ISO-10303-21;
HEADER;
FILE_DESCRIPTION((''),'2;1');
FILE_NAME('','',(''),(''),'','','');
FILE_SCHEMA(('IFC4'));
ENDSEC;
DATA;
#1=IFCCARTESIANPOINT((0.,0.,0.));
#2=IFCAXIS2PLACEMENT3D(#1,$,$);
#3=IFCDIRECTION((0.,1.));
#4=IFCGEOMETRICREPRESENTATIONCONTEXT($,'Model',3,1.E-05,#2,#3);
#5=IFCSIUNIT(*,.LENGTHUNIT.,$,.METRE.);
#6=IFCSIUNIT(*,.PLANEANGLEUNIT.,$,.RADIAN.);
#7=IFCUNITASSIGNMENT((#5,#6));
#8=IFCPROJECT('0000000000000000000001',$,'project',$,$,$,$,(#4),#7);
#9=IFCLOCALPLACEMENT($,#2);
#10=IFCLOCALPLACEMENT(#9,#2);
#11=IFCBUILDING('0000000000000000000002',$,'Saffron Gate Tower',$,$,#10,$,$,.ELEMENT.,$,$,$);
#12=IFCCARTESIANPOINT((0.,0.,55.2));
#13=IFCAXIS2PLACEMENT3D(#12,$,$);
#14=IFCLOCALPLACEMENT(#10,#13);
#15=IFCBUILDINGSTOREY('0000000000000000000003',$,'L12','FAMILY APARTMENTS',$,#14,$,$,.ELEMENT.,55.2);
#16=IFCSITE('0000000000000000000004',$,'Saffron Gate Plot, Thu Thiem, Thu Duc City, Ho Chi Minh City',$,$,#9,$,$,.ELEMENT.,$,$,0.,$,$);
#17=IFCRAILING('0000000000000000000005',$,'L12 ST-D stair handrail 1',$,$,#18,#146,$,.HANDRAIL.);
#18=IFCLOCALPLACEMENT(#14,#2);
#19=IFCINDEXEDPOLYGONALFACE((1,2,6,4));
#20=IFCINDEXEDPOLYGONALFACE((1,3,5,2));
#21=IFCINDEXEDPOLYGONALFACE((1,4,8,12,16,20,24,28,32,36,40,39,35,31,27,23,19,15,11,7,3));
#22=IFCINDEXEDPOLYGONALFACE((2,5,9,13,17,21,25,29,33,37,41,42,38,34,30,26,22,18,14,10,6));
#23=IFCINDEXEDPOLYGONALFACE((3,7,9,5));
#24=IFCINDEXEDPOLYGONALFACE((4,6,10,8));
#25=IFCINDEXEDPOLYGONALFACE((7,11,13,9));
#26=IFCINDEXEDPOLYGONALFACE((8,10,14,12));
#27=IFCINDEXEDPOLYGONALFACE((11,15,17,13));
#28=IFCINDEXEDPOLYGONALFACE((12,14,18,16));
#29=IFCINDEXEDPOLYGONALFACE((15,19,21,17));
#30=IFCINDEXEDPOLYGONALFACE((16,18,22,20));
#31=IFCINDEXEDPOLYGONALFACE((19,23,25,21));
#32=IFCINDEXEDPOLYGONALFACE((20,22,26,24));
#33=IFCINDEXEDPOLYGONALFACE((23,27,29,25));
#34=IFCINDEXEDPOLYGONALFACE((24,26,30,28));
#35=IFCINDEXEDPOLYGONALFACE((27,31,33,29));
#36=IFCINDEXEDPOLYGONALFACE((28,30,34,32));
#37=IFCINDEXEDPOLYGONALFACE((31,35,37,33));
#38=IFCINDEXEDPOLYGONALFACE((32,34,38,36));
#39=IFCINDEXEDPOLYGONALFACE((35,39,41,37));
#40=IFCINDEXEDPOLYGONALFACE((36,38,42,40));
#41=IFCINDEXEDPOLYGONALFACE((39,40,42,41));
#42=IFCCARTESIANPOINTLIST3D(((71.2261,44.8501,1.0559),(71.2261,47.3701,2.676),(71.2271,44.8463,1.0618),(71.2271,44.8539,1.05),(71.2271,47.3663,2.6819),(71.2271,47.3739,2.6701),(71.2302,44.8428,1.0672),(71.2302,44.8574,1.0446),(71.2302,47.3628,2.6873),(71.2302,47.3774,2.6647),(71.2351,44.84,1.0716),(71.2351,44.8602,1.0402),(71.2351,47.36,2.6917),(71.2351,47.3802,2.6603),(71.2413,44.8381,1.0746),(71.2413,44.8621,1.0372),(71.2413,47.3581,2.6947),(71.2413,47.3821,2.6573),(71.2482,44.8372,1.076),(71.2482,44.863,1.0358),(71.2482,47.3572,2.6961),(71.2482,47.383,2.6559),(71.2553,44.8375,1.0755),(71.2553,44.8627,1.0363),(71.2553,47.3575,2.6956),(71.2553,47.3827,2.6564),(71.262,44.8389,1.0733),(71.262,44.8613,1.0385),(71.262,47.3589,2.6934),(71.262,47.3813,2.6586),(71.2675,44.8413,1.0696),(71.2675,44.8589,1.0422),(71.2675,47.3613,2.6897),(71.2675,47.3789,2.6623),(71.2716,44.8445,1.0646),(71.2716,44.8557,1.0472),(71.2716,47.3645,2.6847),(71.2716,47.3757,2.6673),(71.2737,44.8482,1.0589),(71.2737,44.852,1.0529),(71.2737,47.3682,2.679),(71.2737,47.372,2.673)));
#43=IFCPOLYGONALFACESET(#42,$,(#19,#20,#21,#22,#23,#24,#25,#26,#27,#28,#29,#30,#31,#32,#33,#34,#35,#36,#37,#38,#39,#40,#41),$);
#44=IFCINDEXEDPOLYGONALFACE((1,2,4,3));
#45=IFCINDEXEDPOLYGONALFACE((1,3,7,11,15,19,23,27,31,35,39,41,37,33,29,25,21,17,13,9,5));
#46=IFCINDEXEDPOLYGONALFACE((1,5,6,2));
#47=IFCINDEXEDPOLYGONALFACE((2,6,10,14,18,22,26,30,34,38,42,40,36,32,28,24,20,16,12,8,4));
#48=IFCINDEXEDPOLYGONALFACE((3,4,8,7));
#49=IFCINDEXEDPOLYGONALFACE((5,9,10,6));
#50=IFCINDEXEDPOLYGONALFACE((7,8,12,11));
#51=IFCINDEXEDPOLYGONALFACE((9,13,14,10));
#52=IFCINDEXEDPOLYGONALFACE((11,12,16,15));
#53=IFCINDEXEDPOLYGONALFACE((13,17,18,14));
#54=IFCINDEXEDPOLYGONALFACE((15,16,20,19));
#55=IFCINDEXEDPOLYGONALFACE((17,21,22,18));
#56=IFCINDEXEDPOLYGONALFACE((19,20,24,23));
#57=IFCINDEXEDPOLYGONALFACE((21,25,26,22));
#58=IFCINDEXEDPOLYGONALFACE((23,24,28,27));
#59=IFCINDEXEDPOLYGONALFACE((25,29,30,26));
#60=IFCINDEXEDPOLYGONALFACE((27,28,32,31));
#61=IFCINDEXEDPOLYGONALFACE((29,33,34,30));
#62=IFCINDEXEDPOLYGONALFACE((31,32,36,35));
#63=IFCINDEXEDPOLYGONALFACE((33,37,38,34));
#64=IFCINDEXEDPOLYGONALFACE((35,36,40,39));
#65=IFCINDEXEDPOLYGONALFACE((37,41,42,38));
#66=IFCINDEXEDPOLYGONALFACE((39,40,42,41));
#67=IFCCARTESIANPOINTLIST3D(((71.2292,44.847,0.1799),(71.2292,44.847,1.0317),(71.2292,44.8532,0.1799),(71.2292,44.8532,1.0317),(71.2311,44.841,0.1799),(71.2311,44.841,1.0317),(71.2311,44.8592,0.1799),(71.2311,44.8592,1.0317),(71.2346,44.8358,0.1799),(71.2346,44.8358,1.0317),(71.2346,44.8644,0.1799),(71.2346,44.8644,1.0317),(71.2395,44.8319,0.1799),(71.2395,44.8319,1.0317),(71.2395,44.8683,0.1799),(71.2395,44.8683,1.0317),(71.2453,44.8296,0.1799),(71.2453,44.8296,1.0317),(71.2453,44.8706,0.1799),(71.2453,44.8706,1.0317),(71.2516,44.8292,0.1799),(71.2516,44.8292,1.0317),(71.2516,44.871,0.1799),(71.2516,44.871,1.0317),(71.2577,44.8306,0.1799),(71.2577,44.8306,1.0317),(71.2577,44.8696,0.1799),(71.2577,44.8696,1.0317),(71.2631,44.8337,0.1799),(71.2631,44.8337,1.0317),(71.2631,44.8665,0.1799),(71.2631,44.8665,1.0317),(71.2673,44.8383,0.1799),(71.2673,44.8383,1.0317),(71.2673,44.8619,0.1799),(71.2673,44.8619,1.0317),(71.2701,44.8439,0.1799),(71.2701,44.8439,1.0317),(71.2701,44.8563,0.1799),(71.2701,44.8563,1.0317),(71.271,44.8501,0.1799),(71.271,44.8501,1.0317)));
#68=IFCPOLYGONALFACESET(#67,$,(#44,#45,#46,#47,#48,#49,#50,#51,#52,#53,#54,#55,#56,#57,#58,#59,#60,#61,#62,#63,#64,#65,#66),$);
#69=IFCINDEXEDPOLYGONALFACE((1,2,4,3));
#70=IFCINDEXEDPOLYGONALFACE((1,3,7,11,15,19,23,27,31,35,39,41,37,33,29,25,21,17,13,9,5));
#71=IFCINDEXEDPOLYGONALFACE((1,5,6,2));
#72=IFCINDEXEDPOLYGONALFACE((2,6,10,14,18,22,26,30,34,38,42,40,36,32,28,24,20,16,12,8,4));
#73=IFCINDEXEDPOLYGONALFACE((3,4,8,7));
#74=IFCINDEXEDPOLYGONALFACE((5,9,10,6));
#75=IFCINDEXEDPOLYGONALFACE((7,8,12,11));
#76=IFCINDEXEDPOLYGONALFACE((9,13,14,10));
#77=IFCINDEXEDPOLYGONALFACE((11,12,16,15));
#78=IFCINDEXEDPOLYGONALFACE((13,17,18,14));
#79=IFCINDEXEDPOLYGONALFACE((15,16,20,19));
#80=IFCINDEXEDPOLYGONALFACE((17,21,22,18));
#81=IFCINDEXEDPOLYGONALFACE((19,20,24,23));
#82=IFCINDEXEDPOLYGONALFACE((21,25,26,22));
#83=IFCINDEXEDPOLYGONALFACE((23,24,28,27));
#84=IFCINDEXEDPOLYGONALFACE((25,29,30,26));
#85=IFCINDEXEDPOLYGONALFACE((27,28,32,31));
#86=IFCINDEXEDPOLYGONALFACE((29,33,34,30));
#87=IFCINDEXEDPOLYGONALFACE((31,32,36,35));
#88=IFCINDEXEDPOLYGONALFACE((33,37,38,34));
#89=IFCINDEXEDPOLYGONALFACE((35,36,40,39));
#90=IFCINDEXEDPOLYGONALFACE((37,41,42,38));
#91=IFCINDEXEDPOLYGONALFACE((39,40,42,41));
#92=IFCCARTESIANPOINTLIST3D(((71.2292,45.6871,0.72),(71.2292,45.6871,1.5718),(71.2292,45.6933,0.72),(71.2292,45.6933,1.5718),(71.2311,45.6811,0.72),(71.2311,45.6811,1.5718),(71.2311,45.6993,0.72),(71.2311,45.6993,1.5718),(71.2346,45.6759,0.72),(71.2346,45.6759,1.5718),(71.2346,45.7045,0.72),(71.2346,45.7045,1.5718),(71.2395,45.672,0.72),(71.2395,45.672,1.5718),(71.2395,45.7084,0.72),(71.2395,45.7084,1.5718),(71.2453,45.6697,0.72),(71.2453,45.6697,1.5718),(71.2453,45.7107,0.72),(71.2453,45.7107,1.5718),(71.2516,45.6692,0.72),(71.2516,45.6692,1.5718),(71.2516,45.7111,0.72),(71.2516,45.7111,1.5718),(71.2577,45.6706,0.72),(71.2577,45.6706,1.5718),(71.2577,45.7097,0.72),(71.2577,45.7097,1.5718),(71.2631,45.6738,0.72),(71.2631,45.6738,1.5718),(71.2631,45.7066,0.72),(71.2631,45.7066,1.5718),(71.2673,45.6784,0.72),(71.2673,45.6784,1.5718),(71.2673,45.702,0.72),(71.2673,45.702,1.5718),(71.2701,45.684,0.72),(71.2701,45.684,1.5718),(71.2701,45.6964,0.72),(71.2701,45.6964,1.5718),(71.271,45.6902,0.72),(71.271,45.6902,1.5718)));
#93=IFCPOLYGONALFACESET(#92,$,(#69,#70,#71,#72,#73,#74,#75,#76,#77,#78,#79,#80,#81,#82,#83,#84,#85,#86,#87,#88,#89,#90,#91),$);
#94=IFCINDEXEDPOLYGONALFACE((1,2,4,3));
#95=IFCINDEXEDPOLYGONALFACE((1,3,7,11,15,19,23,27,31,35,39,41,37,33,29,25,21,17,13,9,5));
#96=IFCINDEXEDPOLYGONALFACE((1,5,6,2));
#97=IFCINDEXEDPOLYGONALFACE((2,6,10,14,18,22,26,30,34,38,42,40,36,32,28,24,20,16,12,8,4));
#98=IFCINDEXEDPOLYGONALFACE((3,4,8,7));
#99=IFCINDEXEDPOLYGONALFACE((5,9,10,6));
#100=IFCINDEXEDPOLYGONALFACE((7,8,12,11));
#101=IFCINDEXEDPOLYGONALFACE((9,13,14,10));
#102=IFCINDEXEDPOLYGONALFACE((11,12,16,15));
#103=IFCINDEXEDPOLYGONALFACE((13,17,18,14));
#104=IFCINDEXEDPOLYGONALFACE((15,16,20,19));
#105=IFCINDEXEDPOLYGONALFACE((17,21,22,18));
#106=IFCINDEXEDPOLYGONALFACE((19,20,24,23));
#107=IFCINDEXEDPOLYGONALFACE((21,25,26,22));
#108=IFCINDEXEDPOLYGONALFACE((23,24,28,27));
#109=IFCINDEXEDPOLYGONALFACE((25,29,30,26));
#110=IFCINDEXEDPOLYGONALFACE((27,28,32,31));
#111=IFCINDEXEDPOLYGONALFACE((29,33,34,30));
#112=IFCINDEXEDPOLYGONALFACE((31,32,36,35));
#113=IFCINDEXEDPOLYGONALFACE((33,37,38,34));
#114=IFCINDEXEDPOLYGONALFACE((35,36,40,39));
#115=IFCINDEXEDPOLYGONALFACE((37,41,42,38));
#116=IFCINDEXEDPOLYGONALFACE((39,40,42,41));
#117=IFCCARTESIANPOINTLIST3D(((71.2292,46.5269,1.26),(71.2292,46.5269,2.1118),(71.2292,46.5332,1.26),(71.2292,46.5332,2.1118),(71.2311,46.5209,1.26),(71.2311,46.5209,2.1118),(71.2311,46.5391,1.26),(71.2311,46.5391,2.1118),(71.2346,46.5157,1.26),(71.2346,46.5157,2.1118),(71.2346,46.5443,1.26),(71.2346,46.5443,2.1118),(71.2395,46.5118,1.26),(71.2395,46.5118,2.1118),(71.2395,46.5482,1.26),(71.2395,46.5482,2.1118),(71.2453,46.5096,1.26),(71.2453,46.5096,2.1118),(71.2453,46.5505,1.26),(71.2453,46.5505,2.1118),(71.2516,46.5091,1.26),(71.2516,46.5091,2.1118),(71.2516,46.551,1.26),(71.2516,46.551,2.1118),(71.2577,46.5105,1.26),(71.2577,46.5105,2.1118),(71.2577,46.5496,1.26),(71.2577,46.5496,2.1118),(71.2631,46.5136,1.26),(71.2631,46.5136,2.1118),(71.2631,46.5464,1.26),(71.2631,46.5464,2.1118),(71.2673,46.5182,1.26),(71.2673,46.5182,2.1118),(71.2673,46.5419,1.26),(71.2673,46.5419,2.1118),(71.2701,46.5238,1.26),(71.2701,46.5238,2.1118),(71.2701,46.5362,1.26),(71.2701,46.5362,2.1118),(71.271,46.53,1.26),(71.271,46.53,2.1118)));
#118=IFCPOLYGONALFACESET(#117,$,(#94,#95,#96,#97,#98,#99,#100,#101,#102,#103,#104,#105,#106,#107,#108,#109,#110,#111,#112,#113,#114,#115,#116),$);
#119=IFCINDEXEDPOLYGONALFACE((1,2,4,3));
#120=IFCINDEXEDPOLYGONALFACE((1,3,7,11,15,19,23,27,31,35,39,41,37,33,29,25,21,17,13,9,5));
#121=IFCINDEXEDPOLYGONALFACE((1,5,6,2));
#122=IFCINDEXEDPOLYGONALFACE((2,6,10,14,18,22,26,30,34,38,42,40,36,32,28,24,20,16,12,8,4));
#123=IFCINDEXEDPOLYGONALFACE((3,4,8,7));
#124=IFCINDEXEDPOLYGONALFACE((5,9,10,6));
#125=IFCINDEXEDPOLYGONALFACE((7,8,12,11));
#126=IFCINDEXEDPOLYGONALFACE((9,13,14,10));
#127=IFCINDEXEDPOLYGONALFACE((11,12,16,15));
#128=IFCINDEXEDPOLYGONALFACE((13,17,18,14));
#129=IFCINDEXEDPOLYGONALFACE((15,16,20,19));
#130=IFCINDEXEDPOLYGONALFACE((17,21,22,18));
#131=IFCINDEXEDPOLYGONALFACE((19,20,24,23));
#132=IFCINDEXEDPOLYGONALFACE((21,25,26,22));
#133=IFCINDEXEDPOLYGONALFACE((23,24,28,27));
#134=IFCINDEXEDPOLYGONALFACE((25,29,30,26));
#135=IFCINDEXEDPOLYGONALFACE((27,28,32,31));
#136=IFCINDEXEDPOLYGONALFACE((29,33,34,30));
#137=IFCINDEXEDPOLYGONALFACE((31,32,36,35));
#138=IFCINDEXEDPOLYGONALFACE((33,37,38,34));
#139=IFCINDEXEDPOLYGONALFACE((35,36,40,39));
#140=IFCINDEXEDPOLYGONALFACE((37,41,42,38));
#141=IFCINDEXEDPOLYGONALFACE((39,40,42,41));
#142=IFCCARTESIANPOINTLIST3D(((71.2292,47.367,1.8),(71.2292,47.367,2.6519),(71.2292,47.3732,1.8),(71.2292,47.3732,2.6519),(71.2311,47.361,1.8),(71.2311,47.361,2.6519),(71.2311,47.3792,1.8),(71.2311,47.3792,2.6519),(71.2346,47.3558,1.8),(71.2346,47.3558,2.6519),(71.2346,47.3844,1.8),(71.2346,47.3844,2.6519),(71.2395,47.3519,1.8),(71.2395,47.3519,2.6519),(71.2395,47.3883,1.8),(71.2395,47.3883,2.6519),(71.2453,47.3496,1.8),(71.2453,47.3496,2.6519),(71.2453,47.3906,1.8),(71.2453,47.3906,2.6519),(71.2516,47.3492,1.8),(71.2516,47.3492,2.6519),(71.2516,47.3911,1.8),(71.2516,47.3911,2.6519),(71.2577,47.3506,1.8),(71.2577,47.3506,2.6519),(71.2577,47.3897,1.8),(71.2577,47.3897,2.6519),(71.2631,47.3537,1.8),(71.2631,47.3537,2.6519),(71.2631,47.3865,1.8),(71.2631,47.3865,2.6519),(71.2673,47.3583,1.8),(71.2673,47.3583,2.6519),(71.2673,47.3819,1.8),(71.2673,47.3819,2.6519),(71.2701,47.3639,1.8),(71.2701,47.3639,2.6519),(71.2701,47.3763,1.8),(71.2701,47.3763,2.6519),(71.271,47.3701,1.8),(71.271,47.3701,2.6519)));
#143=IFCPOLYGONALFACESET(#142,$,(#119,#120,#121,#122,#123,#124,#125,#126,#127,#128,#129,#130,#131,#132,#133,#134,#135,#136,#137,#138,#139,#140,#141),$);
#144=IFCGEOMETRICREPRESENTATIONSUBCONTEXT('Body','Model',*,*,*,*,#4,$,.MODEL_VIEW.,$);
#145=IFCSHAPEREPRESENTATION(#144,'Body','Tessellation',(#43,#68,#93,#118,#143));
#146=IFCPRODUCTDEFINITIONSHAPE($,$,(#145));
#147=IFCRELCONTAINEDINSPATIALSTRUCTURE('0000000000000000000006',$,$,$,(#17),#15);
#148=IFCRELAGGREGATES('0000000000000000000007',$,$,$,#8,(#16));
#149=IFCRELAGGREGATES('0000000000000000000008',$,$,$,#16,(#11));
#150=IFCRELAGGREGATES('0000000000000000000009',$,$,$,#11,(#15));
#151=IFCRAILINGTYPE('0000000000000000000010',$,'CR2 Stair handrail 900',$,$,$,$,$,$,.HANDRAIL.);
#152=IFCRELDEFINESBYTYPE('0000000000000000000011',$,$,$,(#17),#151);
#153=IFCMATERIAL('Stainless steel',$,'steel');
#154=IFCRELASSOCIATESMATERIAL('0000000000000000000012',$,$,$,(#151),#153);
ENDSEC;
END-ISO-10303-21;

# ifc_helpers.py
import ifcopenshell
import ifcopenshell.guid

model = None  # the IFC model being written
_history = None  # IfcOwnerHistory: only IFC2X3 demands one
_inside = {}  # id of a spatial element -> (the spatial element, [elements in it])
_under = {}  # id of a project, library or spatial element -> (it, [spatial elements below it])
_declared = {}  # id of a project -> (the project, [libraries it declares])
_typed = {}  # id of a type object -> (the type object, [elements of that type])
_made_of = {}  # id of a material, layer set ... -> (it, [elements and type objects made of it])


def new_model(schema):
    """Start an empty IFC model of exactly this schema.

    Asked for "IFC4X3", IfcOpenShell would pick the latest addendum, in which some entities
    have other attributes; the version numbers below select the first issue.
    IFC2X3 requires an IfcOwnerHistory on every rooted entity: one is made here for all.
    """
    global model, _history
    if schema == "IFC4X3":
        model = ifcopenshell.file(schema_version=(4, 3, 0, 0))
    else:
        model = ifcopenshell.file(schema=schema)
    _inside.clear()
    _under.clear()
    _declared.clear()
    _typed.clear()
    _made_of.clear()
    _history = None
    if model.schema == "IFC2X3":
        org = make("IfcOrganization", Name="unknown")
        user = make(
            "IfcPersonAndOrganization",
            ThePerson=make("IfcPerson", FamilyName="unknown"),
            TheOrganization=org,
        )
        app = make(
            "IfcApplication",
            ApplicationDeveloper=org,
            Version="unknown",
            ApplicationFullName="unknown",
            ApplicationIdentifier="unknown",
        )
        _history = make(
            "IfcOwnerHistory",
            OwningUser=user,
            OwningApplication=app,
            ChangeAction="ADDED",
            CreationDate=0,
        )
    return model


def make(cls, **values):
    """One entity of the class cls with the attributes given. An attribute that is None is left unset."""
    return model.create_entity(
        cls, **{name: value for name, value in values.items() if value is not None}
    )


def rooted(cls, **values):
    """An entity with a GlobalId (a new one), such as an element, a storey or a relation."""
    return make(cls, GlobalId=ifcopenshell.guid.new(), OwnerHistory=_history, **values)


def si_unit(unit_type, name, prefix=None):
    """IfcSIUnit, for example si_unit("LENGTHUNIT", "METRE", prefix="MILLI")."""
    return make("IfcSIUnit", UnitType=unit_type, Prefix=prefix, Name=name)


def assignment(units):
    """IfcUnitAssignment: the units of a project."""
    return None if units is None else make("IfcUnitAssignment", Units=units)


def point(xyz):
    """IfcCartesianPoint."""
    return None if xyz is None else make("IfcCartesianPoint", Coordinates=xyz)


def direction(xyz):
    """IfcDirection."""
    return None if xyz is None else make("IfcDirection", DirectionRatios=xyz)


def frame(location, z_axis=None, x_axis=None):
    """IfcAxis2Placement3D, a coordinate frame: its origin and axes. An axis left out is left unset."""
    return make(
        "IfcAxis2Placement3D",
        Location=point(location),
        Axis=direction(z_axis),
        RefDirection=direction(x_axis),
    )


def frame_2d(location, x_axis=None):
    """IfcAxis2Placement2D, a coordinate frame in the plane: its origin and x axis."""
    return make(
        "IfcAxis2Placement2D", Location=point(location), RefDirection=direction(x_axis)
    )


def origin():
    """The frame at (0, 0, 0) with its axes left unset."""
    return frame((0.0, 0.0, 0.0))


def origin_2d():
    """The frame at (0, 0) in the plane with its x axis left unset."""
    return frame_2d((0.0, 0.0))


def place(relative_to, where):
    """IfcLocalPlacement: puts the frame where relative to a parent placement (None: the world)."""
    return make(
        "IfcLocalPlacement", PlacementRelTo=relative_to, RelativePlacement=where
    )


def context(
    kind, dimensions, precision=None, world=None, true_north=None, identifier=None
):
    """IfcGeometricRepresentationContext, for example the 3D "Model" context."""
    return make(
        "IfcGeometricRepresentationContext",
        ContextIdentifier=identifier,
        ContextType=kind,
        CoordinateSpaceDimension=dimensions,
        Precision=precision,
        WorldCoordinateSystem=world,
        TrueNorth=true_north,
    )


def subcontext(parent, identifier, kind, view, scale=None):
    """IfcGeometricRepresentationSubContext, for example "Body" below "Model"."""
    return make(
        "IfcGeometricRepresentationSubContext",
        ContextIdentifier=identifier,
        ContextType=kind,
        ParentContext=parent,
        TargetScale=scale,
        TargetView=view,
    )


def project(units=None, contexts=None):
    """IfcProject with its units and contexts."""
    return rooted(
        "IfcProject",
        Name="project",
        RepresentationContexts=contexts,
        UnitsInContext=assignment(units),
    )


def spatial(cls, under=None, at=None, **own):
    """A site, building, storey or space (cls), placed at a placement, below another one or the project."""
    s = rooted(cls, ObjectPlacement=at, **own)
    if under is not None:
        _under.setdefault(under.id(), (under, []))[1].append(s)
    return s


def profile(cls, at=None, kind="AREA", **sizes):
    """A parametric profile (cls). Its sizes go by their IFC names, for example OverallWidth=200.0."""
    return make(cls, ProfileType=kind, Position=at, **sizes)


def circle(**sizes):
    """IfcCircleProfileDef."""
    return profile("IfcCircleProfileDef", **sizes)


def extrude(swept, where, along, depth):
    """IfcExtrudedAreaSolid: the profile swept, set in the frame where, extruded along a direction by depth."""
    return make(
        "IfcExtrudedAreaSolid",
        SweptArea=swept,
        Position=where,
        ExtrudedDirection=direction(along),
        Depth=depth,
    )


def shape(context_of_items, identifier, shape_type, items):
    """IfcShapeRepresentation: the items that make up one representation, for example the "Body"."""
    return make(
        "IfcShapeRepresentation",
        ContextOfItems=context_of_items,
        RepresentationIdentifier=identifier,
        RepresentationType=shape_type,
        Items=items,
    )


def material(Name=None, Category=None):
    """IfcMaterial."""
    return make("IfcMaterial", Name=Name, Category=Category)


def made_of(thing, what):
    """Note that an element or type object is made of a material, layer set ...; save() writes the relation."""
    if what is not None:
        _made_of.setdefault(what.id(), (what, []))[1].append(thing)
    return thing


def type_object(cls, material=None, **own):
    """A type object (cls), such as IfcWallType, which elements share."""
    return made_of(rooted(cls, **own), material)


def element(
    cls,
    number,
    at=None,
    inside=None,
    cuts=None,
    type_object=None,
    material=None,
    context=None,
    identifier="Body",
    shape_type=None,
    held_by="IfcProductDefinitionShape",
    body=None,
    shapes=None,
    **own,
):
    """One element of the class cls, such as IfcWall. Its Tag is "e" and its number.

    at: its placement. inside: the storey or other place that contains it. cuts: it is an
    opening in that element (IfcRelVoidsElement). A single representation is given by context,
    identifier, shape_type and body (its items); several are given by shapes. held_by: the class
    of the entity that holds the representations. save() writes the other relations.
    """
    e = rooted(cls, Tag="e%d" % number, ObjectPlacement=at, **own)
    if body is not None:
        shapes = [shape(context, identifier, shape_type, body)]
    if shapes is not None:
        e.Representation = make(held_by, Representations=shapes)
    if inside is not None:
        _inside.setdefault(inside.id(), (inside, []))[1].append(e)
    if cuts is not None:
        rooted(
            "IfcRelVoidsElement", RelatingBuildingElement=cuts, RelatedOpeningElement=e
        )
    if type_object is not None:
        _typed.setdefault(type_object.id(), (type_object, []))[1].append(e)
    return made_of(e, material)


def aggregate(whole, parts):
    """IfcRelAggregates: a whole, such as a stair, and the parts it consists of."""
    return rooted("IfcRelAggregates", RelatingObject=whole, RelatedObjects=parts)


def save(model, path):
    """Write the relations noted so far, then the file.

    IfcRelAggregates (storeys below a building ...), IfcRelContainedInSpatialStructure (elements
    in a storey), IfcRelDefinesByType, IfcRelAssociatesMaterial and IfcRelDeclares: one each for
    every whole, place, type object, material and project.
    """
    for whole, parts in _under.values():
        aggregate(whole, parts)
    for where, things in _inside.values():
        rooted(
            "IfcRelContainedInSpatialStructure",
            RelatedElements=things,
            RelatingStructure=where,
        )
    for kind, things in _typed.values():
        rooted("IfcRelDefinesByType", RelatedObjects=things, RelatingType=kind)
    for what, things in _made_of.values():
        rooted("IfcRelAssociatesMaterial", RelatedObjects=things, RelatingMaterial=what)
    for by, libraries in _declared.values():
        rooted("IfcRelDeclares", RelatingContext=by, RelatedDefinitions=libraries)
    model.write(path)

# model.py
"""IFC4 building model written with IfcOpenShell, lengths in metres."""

from ifc_helpers import new_model, si_unit, direction, frame, origin, origin_2d, place, context, subcontext, project, spatial, circle, extrude, material, type_object, element, save


model = new_model("IFC4")

# Units and contexts
model_context = context("Model", 3, precision=1e-05, world=origin(), true_north=direction((0.0, 1.0)))
body_context = subcontext(model_context, "Body", "Model", "MODEL_VIEW")
ifc_project = project(units=[si_unit("LENGTHUNIT", "METRE"), si_unit("PLANEANGLEUNIT", "RADIAN")], contexts=[model_context])

# Site, building, storey
site_placement = place(None, origin())
site = spatial("IfcSite", under=ifc_project, at=site_placement, Name="Saffron Gate Plot, Thu Thiem, Thu Duc City, Ho Chi Minh City", CompositionType="ELEMENT", RefElevation=0.0)
building_placement = place(site_placement, origin())
building = spatial("IfcBuilding", under=site, at=building_placement, Name="Saffron Gate Tower", CompositionType="ELEMENT")
storey_placement = place(building_placement, frame((0.0, 0.0, 55.2)))
storey = spatial("IfcBuildingStorey", under=building, at=storey_placement, Name="L12", Description="FAMILY APARTMENTS", CompositionType="ELEMENT", Elevation=55.2)

# Railing
ifc_material_1 = material(Name="Stainless steel", Category="steel")
railing_type_1 = type_object("IfcRailingType", Name="CR2 Stair handrail 900", PredefinedType="HANDRAIL", material=ifc_material_1)
railing_1_placement = place(storey_placement, frame((71.25, 44.8501, 0.1799)))
element("IfcRailing", 1, at=railing_1_placement, inside=storey, type_object=railing_type_1, Name="L12 ST-D stair handrail 1", PredefinedType="HANDRAIL", context=body_context, shape_type="SweptSolid", body=[
    extrude(circle(Radius=0.0239, at=origin_2d()), frame((0.0, 0.0, 0.876), z_axis=(0.0, 0.841163, 0.540782), x_axis=(-1.0, 0.0, 0.0)), (0.0, 0.0, 1.0), 2.9958),
    extrude(circle(Radius=0.021, at=origin_2d()), origin(), (0.0, 0.0, 1.0), 0.8518),
    extrude(circle(Radius=0.021, at=origin_2d()), frame((0.0, 0.8401, 0.54)), (0.0, 0.0, 1.0), 0.8518),
    extrude(circle(Radius=0.021, at=origin_2d()), frame((0.0, 1.6799, 1.0801)), (0.0, 0.0, 1.0), 0.8518),
    extrude(circle(Radius=0.021, at=origin_2d()), frame((0.0, 2.52, 1.6201)), (0.0, 0.0, 1.0), 0.8518),
])

save(model, "model.ifc")
